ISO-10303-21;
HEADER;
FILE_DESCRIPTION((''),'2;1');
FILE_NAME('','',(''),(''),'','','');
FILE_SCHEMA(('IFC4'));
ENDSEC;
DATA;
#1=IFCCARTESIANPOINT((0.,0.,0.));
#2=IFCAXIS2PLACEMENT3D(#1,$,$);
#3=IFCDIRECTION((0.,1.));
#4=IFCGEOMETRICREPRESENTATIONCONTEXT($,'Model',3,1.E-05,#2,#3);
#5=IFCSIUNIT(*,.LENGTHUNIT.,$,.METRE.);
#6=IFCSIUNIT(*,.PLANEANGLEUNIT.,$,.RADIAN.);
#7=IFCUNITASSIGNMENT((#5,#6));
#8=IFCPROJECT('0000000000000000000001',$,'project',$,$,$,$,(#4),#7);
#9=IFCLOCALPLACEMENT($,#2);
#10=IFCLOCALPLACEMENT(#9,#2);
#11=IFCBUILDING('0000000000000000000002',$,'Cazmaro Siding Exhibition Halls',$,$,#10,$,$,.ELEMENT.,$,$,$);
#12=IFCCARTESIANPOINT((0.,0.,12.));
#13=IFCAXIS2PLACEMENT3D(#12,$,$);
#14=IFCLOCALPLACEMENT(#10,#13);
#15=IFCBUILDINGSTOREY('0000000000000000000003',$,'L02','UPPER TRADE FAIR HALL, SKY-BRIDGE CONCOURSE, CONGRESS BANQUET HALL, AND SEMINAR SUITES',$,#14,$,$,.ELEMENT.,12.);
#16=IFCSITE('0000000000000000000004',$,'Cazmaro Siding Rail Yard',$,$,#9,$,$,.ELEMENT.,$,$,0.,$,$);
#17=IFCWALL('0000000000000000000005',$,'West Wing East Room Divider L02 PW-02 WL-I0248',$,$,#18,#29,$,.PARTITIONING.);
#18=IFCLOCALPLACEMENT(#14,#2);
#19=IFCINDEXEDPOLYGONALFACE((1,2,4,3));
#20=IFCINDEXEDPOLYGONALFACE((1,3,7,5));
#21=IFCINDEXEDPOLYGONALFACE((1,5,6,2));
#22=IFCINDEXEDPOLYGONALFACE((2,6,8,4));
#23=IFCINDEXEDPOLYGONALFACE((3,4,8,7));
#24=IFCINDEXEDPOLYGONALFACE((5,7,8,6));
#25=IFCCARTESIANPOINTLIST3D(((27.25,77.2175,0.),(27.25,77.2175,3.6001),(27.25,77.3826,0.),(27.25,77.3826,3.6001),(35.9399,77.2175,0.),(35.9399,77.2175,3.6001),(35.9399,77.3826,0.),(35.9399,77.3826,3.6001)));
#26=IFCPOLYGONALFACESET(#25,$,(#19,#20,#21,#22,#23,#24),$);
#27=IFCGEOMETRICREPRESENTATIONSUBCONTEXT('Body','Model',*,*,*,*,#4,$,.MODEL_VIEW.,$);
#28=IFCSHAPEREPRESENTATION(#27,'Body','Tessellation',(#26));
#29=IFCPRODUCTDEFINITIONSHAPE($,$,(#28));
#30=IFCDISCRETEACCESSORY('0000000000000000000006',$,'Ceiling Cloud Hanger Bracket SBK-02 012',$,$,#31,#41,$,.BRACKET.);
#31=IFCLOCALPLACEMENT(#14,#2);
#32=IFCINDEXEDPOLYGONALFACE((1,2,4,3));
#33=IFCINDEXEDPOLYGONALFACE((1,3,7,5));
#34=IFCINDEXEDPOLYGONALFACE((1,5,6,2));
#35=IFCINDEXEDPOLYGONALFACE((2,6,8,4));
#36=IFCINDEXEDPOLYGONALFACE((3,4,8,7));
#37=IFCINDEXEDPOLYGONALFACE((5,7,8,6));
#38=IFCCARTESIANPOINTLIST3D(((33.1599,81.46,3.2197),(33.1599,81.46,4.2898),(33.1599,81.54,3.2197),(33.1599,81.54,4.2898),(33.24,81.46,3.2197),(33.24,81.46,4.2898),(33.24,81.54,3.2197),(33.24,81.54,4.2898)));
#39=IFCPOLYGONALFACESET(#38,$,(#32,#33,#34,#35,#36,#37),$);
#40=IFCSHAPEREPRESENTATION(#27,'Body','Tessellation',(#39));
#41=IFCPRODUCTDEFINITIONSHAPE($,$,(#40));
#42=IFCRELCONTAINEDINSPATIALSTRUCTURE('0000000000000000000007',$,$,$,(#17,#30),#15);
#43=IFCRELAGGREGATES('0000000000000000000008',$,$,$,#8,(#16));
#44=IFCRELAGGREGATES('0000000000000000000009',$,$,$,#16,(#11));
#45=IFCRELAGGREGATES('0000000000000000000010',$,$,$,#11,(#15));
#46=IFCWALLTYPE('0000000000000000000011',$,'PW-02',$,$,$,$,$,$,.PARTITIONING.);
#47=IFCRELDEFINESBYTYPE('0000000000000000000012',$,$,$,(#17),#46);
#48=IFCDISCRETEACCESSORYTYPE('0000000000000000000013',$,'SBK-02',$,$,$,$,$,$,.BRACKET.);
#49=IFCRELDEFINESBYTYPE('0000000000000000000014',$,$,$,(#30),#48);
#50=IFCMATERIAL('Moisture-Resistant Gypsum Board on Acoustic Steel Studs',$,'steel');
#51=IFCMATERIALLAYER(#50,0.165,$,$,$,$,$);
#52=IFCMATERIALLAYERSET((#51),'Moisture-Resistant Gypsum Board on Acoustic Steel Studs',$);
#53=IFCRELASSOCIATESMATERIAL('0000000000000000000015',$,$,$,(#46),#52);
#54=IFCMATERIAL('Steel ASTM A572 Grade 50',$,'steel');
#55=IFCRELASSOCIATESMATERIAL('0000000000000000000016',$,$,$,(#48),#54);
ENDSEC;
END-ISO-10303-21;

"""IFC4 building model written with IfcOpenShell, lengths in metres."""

from ifc_helpers import new_model, si_unit, direction, frame, frame_2d, origin, origin_2d, place, context, subcontext, project, spatial, rectangle, extrude, material, layer, layer_set, type_object, element, save


model = new_model("IFC4")

# Units and contexts
model_context = context("Model", 3, precision=1e-05, world=origin(), true_north=direction((0.0, 1.0)))
body_context = subcontext(model_context, "Body", "Model", "MODEL_VIEW")
ifc_project = project(units=[si_unit("LENGTHUNIT", "METRE"), si_unit("PLANEANGLEUNIT", "RADIAN")], contexts=[model_context])

# Site, building, storey
site_placement = place(None, origin())
site = spatial("IfcSite", under=ifc_project, at=site_placement, Name="Cazmaro Siding Rail Yard", CompositionType="ELEMENT", RefElevation=0.0)
building_placement = place(site_placement, origin())
building = spatial("IfcBuilding", under=site, at=building_placement, Name="Cazmaro Siding Exhibition Halls", CompositionType="ELEMENT")
storey_placement = place(building_placement, frame((0.0, 0.0, 12.0)))
storey = spatial("IfcBuildingStorey", under=building, at=storey_placement, Name="L02", Description="UPPER TRADE FAIR HALL, SKY-BRIDGE CONCOURSE, CONGRESS BANQUET HALL, AND SEMINAR SUITES", CompositionType="ELEMENT", Elevation=12.0)

# Wall
ifc_material_1 = material(Name="Moisture-Resistant Gypsum Board on Acoustic Steel Studs", Category="steel")
ifc_layer_1 = layer(ifc_material_1, 0.165)
ifc_layer_set_1 = layer_set([ifc_layer_1], Name="Moisture-Resistant Gypsum Board on Acoustic Steel Studs")
wall_type = type_object("IfcWallType", Name="PW-02", PredefinedType="PARTITIONING", material=ifc_layer_set_1)
wall_placement = place(storey_placement, frame((27.25, 77.3, 0.0), z_axis=(0.0, 0.0, 1.0), x_axis=(1.0, 0.0, 0.0)))
element("IfcWall", 1, at=wall_placement, inside=storey, type_object=wall_type, Name="West Wing East Room Divider L02 PW-02 WL-I0248", PredefinedType="PARTITIONING", context=body_context, shape_type="SweptSolid", body=[
    extrude(rectangle(XDim=8.6899, YDim=0.165, at=frame_2d((4.345, 0.0))), origin(), (0.0, 0.0, 1.0), 3.6001),
])

# Discrete accessory
ifc_material_2 = material(Name="Steel ASTM A572 Grade 50", Category="steel")
discrete_accessory_type = type_object("IfcDiscreteAccessoryType", Name="SBK-02", PredefinedType="BRACKET", material=ifc_material_2)
discrete_accessory_placement = place(storey_placement, frame((33.2, 81.5, 3.2197), z_axis=(0.0, 0.0, 1.0), x_axis=(1.0, 0.0, 0.0)))
element("IfcDiscreteAccessory", 2, at=discrete_accessory_placement, inside=storey, type_object=discrete_accessory_type, Name="Ceiling Cloud Hanger Bracket SBK-02 012", PredefinedType="BRACKET", context=body_context, shape_type="SweptSolid", body=[
    extrude(rectangle(XDim=0.0801, YDim=0.0801, at=origin_2d()), origin(), (0.0, 0.0, 1.0), 1.0701),
])

save(model, "model.ifc")
